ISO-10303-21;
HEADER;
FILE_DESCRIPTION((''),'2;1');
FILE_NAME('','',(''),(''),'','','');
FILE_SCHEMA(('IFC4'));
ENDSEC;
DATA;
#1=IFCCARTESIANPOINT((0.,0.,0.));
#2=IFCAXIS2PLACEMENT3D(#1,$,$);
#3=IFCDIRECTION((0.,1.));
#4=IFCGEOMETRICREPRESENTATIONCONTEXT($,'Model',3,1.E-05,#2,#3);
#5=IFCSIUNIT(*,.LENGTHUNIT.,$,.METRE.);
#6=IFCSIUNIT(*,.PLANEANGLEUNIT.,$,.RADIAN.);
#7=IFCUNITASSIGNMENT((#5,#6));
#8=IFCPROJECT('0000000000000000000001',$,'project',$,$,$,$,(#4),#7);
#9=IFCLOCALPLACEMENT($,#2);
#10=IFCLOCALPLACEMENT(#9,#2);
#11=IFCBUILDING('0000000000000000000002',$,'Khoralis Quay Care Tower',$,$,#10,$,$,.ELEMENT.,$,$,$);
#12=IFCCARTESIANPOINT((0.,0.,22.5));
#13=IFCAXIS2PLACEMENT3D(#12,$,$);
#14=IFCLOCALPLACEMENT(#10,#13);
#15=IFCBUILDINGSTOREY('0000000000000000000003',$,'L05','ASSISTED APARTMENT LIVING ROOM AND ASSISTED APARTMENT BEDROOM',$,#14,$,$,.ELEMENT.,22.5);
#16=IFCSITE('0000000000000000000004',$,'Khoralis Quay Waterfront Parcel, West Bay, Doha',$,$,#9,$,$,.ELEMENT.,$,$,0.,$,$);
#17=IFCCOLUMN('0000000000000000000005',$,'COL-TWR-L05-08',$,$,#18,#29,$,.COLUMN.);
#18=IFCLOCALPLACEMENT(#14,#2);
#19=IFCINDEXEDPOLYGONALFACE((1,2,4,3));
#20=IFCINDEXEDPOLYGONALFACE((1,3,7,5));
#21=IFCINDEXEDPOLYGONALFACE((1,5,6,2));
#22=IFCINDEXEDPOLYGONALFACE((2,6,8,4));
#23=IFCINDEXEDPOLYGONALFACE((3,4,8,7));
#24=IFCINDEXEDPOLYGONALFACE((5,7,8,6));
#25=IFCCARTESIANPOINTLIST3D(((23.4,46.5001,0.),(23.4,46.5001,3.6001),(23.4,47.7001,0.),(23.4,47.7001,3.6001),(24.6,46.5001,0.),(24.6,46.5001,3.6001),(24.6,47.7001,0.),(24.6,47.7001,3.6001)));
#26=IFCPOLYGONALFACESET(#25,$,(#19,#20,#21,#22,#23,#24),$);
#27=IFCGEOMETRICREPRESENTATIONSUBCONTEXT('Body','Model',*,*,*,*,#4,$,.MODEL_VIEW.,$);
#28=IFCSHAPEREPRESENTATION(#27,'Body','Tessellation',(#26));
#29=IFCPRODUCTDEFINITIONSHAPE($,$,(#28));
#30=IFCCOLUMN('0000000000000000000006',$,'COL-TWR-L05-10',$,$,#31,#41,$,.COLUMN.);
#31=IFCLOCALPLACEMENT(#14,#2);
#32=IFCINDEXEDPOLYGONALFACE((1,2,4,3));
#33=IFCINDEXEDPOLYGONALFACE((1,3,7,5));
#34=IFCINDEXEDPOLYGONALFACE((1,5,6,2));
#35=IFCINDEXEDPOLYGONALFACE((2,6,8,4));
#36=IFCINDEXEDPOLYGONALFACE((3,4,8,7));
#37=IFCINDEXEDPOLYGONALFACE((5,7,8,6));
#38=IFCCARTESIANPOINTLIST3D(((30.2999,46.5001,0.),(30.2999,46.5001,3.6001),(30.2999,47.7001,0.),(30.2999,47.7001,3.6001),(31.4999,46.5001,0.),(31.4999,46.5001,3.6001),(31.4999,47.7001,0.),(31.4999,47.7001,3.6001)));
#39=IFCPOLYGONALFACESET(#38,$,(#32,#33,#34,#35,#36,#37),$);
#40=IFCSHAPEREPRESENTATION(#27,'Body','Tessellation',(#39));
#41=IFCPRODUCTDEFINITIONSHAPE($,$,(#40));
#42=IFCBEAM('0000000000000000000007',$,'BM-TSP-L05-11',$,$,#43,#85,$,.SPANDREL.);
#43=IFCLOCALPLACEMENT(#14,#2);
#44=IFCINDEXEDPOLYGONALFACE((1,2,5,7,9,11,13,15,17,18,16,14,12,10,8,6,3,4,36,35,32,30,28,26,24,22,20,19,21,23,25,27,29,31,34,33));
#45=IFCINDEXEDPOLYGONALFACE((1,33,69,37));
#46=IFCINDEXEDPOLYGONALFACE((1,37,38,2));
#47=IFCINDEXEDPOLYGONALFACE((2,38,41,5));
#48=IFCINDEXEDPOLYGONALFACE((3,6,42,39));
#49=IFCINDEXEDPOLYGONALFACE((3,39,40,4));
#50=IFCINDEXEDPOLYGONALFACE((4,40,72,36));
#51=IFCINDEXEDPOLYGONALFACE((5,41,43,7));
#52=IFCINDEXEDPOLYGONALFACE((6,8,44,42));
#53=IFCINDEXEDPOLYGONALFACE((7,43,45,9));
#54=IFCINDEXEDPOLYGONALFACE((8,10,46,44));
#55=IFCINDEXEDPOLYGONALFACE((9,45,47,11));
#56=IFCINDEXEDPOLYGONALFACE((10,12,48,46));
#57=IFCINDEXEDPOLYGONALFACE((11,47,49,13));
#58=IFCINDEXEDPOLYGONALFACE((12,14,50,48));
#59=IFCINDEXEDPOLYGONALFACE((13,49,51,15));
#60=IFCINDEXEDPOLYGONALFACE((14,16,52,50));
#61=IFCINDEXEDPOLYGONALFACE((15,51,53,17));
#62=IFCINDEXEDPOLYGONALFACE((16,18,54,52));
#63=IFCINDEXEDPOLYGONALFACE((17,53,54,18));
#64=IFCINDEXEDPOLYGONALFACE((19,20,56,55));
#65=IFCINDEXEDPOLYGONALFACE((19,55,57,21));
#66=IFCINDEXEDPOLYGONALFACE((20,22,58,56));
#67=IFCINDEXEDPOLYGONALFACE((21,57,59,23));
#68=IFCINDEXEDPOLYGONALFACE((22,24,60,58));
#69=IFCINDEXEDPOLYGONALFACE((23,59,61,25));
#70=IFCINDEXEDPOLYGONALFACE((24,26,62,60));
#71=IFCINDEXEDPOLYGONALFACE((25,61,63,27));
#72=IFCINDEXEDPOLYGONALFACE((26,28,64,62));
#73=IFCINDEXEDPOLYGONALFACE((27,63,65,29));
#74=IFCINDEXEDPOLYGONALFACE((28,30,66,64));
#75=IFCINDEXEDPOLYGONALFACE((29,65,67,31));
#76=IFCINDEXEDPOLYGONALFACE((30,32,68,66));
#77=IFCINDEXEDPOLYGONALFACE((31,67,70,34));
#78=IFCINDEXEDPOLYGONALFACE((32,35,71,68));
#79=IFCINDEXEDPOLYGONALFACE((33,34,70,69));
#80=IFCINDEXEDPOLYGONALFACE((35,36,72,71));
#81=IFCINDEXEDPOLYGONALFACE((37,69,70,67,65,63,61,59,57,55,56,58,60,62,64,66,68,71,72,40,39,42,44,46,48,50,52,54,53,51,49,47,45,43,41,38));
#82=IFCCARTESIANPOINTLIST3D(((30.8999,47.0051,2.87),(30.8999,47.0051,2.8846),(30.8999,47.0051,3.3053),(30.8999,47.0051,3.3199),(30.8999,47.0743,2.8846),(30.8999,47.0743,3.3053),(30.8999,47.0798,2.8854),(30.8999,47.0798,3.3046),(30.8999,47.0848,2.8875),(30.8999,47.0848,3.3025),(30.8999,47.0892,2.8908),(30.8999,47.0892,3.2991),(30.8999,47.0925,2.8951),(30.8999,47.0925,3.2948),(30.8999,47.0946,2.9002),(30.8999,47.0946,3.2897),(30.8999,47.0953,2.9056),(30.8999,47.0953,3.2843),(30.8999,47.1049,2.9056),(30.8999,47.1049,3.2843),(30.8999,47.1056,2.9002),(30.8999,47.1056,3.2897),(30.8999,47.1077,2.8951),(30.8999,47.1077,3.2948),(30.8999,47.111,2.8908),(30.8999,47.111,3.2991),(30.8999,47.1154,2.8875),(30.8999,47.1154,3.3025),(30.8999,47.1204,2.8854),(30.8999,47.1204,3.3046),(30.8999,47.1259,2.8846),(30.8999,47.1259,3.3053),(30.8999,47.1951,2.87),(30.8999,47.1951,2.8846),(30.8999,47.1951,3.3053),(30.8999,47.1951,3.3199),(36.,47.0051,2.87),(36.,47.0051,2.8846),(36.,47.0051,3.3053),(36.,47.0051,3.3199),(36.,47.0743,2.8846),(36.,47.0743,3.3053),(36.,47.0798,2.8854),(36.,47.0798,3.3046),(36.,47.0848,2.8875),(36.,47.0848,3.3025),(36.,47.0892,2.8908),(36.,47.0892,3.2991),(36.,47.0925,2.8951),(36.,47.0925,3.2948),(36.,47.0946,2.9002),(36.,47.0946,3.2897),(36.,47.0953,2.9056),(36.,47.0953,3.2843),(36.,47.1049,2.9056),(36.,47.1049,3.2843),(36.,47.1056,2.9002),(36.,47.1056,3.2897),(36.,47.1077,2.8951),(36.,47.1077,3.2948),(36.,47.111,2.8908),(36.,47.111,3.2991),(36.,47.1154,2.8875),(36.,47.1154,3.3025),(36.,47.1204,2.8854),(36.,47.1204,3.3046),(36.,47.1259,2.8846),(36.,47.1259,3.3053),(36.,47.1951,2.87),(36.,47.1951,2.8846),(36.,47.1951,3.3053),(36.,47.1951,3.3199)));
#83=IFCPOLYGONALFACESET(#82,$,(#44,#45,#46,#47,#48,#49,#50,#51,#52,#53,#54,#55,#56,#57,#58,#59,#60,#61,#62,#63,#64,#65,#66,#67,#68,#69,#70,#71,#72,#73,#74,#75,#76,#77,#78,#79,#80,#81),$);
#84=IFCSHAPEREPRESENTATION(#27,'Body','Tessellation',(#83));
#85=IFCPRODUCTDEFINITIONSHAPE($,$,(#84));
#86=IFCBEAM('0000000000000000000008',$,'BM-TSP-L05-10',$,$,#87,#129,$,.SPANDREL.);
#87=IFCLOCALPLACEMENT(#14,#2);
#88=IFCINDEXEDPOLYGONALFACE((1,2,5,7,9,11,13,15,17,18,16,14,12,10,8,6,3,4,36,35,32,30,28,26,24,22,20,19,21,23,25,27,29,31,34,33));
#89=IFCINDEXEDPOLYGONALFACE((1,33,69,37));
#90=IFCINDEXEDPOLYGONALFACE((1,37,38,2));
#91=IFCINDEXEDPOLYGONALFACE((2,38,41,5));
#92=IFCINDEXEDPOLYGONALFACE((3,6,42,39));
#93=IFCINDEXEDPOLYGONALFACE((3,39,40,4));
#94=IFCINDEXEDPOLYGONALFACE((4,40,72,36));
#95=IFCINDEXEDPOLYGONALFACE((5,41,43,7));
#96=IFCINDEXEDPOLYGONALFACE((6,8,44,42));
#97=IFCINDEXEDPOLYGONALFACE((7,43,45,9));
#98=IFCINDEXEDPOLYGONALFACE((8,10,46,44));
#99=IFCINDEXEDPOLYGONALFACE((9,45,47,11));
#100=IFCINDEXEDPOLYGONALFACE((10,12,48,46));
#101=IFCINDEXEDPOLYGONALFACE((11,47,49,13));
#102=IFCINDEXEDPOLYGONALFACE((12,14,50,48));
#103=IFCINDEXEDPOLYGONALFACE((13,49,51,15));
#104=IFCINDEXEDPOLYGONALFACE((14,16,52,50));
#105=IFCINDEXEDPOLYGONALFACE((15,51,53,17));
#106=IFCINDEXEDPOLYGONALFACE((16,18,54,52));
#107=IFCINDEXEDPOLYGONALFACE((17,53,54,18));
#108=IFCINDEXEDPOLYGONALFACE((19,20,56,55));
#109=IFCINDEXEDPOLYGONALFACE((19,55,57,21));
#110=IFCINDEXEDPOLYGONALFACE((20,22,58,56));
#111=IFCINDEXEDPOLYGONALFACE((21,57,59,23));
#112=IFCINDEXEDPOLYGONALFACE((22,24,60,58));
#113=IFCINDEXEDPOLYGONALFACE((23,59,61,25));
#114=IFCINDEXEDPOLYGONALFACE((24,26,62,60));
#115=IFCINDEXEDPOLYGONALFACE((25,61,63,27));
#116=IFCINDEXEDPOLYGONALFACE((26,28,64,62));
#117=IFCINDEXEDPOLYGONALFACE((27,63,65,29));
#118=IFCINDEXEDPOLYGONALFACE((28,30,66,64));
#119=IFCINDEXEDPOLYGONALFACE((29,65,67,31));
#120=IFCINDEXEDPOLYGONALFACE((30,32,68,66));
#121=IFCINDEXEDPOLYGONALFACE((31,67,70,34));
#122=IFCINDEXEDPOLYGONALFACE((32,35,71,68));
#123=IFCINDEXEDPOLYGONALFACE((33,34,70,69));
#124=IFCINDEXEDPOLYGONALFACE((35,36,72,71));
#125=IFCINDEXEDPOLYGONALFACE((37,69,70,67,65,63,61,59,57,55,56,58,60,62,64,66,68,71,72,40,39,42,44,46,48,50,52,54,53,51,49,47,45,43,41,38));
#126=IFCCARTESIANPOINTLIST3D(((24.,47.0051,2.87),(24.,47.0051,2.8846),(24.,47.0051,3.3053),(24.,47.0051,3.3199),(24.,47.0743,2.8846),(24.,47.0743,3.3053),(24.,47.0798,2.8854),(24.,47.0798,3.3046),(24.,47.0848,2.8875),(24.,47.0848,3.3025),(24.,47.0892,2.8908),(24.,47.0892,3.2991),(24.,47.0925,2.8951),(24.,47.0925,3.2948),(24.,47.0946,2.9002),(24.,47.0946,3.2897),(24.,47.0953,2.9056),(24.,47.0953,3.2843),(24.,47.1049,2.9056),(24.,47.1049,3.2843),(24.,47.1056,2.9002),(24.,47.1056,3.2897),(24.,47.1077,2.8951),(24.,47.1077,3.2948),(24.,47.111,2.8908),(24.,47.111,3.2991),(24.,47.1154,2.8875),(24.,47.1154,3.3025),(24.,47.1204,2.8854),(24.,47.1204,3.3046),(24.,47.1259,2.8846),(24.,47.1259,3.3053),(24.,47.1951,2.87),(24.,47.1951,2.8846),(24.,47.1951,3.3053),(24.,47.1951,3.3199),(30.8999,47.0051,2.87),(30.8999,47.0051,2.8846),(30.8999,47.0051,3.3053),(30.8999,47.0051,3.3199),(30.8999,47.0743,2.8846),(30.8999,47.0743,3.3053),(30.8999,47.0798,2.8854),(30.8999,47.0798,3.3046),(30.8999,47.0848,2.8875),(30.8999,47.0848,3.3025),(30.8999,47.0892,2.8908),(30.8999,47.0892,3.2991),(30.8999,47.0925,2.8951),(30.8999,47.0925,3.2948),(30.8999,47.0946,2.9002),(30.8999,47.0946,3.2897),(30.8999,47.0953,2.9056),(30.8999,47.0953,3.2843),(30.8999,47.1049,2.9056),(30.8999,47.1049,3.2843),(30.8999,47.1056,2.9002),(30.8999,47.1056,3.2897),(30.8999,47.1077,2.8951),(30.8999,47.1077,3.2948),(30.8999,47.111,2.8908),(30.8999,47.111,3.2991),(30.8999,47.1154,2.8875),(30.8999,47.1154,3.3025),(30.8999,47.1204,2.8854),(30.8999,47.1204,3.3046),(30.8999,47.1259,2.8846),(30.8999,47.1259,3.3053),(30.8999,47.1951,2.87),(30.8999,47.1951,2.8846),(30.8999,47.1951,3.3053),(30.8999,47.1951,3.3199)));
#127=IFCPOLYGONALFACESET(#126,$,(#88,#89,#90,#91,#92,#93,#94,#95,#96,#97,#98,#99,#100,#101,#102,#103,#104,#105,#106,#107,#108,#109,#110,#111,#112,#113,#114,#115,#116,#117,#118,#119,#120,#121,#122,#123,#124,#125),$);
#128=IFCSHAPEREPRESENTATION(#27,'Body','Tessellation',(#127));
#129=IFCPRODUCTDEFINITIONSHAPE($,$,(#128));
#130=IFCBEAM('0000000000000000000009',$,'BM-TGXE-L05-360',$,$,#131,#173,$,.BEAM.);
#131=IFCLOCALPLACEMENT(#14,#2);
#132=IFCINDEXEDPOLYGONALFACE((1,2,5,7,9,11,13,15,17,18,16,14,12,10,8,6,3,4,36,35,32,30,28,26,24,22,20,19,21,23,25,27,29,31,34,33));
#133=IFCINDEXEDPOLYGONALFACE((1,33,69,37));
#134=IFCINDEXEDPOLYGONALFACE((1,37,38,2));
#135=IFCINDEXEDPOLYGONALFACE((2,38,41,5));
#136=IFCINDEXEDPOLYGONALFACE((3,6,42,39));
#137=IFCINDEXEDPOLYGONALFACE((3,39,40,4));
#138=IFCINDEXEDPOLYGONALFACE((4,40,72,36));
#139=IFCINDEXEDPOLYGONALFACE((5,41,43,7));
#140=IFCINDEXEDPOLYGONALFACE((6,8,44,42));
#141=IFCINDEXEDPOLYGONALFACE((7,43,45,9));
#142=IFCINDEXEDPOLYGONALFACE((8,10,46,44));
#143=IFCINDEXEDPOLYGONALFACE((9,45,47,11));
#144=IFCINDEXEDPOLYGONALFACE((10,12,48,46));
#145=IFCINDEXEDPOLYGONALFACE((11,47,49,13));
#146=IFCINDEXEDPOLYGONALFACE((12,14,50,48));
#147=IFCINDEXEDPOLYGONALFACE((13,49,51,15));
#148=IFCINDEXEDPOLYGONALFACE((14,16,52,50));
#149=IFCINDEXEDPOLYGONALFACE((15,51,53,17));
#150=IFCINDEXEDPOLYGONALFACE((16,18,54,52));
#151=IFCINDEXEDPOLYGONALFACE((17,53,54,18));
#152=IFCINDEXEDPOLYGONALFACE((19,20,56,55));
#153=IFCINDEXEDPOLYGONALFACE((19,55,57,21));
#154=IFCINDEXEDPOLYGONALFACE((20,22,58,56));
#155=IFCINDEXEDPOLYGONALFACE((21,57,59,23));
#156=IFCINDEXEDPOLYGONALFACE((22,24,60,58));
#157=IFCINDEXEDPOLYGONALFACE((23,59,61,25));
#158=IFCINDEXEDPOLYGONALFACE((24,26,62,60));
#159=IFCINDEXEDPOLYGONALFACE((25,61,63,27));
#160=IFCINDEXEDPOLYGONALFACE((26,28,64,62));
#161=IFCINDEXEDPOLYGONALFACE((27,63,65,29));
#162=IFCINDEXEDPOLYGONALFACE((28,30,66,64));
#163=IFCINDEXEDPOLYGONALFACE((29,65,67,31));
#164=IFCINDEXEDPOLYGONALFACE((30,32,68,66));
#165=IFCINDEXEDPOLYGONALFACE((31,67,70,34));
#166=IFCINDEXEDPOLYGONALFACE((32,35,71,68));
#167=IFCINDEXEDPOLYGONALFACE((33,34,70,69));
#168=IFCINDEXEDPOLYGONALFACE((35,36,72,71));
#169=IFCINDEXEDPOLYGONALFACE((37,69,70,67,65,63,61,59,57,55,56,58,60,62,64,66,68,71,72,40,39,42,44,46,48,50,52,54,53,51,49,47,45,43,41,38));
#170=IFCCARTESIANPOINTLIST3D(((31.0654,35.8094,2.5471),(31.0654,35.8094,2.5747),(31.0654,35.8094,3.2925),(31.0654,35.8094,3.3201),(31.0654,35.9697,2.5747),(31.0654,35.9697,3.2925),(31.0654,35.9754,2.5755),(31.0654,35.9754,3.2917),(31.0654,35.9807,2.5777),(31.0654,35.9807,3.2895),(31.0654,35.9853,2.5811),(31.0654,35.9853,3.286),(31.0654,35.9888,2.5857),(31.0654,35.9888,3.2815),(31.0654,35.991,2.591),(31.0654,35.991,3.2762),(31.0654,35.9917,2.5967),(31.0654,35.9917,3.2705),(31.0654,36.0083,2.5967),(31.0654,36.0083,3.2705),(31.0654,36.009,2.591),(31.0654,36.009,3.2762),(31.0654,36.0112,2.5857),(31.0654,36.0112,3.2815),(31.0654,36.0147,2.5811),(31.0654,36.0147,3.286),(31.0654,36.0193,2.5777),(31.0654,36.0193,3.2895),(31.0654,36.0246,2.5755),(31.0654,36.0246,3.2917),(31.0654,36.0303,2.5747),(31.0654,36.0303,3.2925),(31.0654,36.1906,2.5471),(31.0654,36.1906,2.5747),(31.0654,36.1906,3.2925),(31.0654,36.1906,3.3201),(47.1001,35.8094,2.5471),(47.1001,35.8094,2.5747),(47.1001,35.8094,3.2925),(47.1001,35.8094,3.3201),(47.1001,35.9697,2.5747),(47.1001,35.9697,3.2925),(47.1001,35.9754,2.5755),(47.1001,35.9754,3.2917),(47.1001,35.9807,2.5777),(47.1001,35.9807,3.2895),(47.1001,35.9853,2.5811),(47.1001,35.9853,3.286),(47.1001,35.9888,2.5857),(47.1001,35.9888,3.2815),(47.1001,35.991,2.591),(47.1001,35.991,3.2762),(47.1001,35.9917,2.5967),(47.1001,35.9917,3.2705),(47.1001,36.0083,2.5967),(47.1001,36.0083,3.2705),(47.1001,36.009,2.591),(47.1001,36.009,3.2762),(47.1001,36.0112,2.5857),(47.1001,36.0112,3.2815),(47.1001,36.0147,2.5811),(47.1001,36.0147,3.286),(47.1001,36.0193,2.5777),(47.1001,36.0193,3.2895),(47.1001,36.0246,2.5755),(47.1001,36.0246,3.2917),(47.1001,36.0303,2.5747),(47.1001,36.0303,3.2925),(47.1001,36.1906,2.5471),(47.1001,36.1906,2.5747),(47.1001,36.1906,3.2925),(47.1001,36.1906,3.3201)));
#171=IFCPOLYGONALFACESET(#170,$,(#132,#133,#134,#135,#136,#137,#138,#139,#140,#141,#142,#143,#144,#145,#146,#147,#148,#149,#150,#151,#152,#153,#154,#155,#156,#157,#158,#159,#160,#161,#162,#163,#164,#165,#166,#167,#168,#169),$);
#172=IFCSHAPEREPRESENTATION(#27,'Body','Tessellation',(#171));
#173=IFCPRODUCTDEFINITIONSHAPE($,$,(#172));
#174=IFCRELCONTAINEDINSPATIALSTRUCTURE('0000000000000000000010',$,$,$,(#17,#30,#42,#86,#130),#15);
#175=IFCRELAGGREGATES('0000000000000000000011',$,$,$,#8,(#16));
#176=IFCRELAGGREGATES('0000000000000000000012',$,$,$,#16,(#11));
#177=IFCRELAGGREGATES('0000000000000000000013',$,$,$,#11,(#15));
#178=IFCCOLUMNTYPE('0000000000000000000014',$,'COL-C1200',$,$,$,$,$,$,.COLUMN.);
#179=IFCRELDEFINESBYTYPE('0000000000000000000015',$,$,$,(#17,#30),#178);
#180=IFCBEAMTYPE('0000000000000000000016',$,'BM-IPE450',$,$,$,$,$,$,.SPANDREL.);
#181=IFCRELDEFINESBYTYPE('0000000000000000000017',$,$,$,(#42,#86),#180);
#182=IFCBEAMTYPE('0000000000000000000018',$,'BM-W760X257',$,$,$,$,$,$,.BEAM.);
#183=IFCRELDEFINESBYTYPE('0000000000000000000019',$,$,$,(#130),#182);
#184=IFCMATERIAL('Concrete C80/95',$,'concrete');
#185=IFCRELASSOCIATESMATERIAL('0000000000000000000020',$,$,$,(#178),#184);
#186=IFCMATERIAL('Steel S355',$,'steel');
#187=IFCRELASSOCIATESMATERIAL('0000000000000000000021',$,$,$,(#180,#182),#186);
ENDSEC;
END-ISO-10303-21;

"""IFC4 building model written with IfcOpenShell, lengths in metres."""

from ifc_helpers import new_model, si_unit, direction, frame, origin, origin_2d, place, context, subcontext, project, spatial, rectangle, i_section, extrude, source, transform, mapped, material, material_profile, profile_set, type_object, element, save


model = new_model("IFC4")

# Units and contexts
model_context = context("Model", 3, precision=1e-05, world=origin(), true_north=direction((0.0, 1.0)))
body_context = subcontext(model_context, "Body", "Model", "MODEL_VIEW")
ifc_project = project(units=[si_unit("LENGTHUNIT", "METRE"), si_unit("PLANEANGLEUNIT", "RADIAN")], contexts=[model_context])

# Site, building, storey
site_placement = place(None, origin())
site = spatial("IfcSite", under=ifc_project, at=site_placement, Name="Khoralis Quay Waterfront Parcel, West Bay, Doha", CompositionType="ELEMENT", RefElevation=0.0)
building_placement = place(site_placement, origin())
building = spatial("IfcBuilding", under=site, at=building_placement, Name="Khoralis Quay Care Tower", CompositionType="ELEMENT")
storey_placement = place(building_placement, frame((0.0, 0.0, 22.5)))
storey = spatial("IfcBuildingStorey", under=building, at=storey_placement, Name="L05", Description="ASSISTED APARTMENT LIVING ROOM AND ASSISTED APARTMENT BEDROOM", CompositionType="ELEMENT", Elevation=22.5)

# Columns
ifc_material_1 = material(Name="Concrete C80/95", Category="concrete")
ifc_material_profile_1 = material_profile(ifc_material_1, rectangle(XDim=1.2, YDim=1.2, at=origin_2d()), Name="Concrete C80/95")
ifc_profile_set_1 = profile_set([ifc_material_profile_1], Name="Concrete C80/95")
column_type = type_object("IfcColumnType", Name="COL-C1200", PredefinedType="COLUMN", material=ifc_profile_set_1)
shared_shape_1 = source(origin(), body_context, "Body", "SweptSolid", [
    extrude(rectangle(XDim=1.2, YDim=1.2, at=origin_2d()), origin(), (0.0, 0.0, 1.0), 3.6001),
])
for number, where, z_axis, x_axis, name in (
    (1, (24.0, 47.1001, 0.0), (0.0, 0.0, 1.0), (1.0, 0.0, 0.0), "COL-TWR-L05-08"),
    (2, (30.8999, 47.1001, 0.0), (0.0, 0.0, 1.0), (1.0, 0.0, 0.0), "COL-TWR-L05-10"),
):
    element("IfcColumn", number, at=place(storey_placement, frame(where, z_axis=z_axis, x_axis=x_axis)), inside=storey, type_object=column_type, Name=name, PredefinedType="COLUMN", context=body_context, shape_type="MappedRepresentation", body=[
        mapped(shared_shape_1, transform((0.0, 0.0, 0.0), scale=1.0)),
    ])

# Beams
ifc_material_2 = material(Name="Steel S355", Category="steel")
ifc_material_profile_2 = material_profile(ifc_material_2, i_section(OverallWidth=0.1899, OverallDepth=0.45, WebThickness=0.0095, FlangeThickness=0.0146, FilletRadius=0.021, at=origin_2d()), Name="Steel S355")
ifc_profile_set_2 = profile_set([ifc_material_profile_2], Name="Steel S355")
beam_type_1 = type_object("IfcBeamType", Name="BM-IPE450", PredefinedType="SPANDREL", material=ifc_profile_set_2)
shared_shape_2 = source(origin(), body_context, "Body", "SweptSolid", [
    extrude(i_section(OverallWidth=0.1899, OverallDepth=0.45, WebThickness=0.0095, FlangeThickness=0.0146, FilletRadius=0.021, at=origin_2d()), origin(), (0.0, 0.0, 1.0), 5.1001),
])
beam_1_placement = place(storey_placement, frame((30.8999, 47.1001, 3.095), z_axis=(1.0, 0.0, 0.0), x_axis=(0.0, 1.0, 0.0)))
element("IfcBeam", 3, at=beam_1_placement, inside=storey, type_object=beam_type_1, Name="BM-TSP-L05-11", PredefinedType="SPANDREL", context=body_context, shape_type="MappedRepresentation", body=[
    mapped(shared_shape_2, transform((0.0, 0.0, 0.0), scale=1.0)),
])
shared_shape_3 = source(origin(), body_context, "Body", "SweptSolid", [
    extrude(i_section(OverallWidth=0.1899, OverallDepth=0.45, WebThickness=0.0095, FlangeThickness=0.0146, FilletRadius=0.021, at=origin_2d()), origin(), (0.0, 0.0, 1.0), 6.8999),
])
beam_2_placement = place(storey_placement, frame((24.0, 47.1001, 3.095), z_axis=(1.0, 0.0, 0.0), x_axis=(0.0, 1.0, 0.0)))
element("IfcBeam", 4, at=beam_2_placement, inside=storey, type_object=beam_type_1, Name="BM-TSP-L05-10", PredefinedType="SPANDREL", context=body_context, shape_type="MappedRepresentation", body=[
    mapped(shared_shape_3, transform((0.0, 0.0, 0.0), scale=1.0)),
])
ifc_material_profile_3 = material_profile(ifc_material_2, i_section(OverallWidth=0.3811, OverallDepth=0.7729, WebThickness=0.0166, FlangeThickness=0.0276, FilletRadius=0.022, at=origin_2d()), Name="Steel S355")
ifc_profile_set_3 = profile_set([ifc_material_profile_3], Name="Steel S355")
beam_type_2 = type_object("IfcBeamType", Name="BM-W760X257", PredefinedType="BEAM", material=ifc_profile_set_3)
shared_shape_4 = source(origin(), body_context, "Body", "SweptSolid", [
    extrude(i_section(OverallWidth=0.3811, OverallDepth=0.7729, WebThickness=0.0166, FlangeThickness=0.0276, FilletRadius=0.022, at=origin_2d()), origin(), (0.0, 0.0, 1.0), 16.0347),
])
for number, where, z_axis, x_axis, name in (
    (5, (31.0654, 36.0, 2.9336), (1.0, 0.0, 0.0), (0.0, 1.0, 0.0), "BM-TGXE-L05-360"),
):
    element("IfcBeam", number, at=place(storey_placement, frame(where, z_axis=z_axis, x_axis=x_axis)), inside=storey, type_object=beam_type_2, Name=name, PredefinedType="BEAM", context=body_context, shape_type="MappedRepresentation", body=[
        mapped(shared_shape_4, transform((0.0, 0.0, 0.0), scale=1.0)),
    ])

save(model, "model.ifc")
